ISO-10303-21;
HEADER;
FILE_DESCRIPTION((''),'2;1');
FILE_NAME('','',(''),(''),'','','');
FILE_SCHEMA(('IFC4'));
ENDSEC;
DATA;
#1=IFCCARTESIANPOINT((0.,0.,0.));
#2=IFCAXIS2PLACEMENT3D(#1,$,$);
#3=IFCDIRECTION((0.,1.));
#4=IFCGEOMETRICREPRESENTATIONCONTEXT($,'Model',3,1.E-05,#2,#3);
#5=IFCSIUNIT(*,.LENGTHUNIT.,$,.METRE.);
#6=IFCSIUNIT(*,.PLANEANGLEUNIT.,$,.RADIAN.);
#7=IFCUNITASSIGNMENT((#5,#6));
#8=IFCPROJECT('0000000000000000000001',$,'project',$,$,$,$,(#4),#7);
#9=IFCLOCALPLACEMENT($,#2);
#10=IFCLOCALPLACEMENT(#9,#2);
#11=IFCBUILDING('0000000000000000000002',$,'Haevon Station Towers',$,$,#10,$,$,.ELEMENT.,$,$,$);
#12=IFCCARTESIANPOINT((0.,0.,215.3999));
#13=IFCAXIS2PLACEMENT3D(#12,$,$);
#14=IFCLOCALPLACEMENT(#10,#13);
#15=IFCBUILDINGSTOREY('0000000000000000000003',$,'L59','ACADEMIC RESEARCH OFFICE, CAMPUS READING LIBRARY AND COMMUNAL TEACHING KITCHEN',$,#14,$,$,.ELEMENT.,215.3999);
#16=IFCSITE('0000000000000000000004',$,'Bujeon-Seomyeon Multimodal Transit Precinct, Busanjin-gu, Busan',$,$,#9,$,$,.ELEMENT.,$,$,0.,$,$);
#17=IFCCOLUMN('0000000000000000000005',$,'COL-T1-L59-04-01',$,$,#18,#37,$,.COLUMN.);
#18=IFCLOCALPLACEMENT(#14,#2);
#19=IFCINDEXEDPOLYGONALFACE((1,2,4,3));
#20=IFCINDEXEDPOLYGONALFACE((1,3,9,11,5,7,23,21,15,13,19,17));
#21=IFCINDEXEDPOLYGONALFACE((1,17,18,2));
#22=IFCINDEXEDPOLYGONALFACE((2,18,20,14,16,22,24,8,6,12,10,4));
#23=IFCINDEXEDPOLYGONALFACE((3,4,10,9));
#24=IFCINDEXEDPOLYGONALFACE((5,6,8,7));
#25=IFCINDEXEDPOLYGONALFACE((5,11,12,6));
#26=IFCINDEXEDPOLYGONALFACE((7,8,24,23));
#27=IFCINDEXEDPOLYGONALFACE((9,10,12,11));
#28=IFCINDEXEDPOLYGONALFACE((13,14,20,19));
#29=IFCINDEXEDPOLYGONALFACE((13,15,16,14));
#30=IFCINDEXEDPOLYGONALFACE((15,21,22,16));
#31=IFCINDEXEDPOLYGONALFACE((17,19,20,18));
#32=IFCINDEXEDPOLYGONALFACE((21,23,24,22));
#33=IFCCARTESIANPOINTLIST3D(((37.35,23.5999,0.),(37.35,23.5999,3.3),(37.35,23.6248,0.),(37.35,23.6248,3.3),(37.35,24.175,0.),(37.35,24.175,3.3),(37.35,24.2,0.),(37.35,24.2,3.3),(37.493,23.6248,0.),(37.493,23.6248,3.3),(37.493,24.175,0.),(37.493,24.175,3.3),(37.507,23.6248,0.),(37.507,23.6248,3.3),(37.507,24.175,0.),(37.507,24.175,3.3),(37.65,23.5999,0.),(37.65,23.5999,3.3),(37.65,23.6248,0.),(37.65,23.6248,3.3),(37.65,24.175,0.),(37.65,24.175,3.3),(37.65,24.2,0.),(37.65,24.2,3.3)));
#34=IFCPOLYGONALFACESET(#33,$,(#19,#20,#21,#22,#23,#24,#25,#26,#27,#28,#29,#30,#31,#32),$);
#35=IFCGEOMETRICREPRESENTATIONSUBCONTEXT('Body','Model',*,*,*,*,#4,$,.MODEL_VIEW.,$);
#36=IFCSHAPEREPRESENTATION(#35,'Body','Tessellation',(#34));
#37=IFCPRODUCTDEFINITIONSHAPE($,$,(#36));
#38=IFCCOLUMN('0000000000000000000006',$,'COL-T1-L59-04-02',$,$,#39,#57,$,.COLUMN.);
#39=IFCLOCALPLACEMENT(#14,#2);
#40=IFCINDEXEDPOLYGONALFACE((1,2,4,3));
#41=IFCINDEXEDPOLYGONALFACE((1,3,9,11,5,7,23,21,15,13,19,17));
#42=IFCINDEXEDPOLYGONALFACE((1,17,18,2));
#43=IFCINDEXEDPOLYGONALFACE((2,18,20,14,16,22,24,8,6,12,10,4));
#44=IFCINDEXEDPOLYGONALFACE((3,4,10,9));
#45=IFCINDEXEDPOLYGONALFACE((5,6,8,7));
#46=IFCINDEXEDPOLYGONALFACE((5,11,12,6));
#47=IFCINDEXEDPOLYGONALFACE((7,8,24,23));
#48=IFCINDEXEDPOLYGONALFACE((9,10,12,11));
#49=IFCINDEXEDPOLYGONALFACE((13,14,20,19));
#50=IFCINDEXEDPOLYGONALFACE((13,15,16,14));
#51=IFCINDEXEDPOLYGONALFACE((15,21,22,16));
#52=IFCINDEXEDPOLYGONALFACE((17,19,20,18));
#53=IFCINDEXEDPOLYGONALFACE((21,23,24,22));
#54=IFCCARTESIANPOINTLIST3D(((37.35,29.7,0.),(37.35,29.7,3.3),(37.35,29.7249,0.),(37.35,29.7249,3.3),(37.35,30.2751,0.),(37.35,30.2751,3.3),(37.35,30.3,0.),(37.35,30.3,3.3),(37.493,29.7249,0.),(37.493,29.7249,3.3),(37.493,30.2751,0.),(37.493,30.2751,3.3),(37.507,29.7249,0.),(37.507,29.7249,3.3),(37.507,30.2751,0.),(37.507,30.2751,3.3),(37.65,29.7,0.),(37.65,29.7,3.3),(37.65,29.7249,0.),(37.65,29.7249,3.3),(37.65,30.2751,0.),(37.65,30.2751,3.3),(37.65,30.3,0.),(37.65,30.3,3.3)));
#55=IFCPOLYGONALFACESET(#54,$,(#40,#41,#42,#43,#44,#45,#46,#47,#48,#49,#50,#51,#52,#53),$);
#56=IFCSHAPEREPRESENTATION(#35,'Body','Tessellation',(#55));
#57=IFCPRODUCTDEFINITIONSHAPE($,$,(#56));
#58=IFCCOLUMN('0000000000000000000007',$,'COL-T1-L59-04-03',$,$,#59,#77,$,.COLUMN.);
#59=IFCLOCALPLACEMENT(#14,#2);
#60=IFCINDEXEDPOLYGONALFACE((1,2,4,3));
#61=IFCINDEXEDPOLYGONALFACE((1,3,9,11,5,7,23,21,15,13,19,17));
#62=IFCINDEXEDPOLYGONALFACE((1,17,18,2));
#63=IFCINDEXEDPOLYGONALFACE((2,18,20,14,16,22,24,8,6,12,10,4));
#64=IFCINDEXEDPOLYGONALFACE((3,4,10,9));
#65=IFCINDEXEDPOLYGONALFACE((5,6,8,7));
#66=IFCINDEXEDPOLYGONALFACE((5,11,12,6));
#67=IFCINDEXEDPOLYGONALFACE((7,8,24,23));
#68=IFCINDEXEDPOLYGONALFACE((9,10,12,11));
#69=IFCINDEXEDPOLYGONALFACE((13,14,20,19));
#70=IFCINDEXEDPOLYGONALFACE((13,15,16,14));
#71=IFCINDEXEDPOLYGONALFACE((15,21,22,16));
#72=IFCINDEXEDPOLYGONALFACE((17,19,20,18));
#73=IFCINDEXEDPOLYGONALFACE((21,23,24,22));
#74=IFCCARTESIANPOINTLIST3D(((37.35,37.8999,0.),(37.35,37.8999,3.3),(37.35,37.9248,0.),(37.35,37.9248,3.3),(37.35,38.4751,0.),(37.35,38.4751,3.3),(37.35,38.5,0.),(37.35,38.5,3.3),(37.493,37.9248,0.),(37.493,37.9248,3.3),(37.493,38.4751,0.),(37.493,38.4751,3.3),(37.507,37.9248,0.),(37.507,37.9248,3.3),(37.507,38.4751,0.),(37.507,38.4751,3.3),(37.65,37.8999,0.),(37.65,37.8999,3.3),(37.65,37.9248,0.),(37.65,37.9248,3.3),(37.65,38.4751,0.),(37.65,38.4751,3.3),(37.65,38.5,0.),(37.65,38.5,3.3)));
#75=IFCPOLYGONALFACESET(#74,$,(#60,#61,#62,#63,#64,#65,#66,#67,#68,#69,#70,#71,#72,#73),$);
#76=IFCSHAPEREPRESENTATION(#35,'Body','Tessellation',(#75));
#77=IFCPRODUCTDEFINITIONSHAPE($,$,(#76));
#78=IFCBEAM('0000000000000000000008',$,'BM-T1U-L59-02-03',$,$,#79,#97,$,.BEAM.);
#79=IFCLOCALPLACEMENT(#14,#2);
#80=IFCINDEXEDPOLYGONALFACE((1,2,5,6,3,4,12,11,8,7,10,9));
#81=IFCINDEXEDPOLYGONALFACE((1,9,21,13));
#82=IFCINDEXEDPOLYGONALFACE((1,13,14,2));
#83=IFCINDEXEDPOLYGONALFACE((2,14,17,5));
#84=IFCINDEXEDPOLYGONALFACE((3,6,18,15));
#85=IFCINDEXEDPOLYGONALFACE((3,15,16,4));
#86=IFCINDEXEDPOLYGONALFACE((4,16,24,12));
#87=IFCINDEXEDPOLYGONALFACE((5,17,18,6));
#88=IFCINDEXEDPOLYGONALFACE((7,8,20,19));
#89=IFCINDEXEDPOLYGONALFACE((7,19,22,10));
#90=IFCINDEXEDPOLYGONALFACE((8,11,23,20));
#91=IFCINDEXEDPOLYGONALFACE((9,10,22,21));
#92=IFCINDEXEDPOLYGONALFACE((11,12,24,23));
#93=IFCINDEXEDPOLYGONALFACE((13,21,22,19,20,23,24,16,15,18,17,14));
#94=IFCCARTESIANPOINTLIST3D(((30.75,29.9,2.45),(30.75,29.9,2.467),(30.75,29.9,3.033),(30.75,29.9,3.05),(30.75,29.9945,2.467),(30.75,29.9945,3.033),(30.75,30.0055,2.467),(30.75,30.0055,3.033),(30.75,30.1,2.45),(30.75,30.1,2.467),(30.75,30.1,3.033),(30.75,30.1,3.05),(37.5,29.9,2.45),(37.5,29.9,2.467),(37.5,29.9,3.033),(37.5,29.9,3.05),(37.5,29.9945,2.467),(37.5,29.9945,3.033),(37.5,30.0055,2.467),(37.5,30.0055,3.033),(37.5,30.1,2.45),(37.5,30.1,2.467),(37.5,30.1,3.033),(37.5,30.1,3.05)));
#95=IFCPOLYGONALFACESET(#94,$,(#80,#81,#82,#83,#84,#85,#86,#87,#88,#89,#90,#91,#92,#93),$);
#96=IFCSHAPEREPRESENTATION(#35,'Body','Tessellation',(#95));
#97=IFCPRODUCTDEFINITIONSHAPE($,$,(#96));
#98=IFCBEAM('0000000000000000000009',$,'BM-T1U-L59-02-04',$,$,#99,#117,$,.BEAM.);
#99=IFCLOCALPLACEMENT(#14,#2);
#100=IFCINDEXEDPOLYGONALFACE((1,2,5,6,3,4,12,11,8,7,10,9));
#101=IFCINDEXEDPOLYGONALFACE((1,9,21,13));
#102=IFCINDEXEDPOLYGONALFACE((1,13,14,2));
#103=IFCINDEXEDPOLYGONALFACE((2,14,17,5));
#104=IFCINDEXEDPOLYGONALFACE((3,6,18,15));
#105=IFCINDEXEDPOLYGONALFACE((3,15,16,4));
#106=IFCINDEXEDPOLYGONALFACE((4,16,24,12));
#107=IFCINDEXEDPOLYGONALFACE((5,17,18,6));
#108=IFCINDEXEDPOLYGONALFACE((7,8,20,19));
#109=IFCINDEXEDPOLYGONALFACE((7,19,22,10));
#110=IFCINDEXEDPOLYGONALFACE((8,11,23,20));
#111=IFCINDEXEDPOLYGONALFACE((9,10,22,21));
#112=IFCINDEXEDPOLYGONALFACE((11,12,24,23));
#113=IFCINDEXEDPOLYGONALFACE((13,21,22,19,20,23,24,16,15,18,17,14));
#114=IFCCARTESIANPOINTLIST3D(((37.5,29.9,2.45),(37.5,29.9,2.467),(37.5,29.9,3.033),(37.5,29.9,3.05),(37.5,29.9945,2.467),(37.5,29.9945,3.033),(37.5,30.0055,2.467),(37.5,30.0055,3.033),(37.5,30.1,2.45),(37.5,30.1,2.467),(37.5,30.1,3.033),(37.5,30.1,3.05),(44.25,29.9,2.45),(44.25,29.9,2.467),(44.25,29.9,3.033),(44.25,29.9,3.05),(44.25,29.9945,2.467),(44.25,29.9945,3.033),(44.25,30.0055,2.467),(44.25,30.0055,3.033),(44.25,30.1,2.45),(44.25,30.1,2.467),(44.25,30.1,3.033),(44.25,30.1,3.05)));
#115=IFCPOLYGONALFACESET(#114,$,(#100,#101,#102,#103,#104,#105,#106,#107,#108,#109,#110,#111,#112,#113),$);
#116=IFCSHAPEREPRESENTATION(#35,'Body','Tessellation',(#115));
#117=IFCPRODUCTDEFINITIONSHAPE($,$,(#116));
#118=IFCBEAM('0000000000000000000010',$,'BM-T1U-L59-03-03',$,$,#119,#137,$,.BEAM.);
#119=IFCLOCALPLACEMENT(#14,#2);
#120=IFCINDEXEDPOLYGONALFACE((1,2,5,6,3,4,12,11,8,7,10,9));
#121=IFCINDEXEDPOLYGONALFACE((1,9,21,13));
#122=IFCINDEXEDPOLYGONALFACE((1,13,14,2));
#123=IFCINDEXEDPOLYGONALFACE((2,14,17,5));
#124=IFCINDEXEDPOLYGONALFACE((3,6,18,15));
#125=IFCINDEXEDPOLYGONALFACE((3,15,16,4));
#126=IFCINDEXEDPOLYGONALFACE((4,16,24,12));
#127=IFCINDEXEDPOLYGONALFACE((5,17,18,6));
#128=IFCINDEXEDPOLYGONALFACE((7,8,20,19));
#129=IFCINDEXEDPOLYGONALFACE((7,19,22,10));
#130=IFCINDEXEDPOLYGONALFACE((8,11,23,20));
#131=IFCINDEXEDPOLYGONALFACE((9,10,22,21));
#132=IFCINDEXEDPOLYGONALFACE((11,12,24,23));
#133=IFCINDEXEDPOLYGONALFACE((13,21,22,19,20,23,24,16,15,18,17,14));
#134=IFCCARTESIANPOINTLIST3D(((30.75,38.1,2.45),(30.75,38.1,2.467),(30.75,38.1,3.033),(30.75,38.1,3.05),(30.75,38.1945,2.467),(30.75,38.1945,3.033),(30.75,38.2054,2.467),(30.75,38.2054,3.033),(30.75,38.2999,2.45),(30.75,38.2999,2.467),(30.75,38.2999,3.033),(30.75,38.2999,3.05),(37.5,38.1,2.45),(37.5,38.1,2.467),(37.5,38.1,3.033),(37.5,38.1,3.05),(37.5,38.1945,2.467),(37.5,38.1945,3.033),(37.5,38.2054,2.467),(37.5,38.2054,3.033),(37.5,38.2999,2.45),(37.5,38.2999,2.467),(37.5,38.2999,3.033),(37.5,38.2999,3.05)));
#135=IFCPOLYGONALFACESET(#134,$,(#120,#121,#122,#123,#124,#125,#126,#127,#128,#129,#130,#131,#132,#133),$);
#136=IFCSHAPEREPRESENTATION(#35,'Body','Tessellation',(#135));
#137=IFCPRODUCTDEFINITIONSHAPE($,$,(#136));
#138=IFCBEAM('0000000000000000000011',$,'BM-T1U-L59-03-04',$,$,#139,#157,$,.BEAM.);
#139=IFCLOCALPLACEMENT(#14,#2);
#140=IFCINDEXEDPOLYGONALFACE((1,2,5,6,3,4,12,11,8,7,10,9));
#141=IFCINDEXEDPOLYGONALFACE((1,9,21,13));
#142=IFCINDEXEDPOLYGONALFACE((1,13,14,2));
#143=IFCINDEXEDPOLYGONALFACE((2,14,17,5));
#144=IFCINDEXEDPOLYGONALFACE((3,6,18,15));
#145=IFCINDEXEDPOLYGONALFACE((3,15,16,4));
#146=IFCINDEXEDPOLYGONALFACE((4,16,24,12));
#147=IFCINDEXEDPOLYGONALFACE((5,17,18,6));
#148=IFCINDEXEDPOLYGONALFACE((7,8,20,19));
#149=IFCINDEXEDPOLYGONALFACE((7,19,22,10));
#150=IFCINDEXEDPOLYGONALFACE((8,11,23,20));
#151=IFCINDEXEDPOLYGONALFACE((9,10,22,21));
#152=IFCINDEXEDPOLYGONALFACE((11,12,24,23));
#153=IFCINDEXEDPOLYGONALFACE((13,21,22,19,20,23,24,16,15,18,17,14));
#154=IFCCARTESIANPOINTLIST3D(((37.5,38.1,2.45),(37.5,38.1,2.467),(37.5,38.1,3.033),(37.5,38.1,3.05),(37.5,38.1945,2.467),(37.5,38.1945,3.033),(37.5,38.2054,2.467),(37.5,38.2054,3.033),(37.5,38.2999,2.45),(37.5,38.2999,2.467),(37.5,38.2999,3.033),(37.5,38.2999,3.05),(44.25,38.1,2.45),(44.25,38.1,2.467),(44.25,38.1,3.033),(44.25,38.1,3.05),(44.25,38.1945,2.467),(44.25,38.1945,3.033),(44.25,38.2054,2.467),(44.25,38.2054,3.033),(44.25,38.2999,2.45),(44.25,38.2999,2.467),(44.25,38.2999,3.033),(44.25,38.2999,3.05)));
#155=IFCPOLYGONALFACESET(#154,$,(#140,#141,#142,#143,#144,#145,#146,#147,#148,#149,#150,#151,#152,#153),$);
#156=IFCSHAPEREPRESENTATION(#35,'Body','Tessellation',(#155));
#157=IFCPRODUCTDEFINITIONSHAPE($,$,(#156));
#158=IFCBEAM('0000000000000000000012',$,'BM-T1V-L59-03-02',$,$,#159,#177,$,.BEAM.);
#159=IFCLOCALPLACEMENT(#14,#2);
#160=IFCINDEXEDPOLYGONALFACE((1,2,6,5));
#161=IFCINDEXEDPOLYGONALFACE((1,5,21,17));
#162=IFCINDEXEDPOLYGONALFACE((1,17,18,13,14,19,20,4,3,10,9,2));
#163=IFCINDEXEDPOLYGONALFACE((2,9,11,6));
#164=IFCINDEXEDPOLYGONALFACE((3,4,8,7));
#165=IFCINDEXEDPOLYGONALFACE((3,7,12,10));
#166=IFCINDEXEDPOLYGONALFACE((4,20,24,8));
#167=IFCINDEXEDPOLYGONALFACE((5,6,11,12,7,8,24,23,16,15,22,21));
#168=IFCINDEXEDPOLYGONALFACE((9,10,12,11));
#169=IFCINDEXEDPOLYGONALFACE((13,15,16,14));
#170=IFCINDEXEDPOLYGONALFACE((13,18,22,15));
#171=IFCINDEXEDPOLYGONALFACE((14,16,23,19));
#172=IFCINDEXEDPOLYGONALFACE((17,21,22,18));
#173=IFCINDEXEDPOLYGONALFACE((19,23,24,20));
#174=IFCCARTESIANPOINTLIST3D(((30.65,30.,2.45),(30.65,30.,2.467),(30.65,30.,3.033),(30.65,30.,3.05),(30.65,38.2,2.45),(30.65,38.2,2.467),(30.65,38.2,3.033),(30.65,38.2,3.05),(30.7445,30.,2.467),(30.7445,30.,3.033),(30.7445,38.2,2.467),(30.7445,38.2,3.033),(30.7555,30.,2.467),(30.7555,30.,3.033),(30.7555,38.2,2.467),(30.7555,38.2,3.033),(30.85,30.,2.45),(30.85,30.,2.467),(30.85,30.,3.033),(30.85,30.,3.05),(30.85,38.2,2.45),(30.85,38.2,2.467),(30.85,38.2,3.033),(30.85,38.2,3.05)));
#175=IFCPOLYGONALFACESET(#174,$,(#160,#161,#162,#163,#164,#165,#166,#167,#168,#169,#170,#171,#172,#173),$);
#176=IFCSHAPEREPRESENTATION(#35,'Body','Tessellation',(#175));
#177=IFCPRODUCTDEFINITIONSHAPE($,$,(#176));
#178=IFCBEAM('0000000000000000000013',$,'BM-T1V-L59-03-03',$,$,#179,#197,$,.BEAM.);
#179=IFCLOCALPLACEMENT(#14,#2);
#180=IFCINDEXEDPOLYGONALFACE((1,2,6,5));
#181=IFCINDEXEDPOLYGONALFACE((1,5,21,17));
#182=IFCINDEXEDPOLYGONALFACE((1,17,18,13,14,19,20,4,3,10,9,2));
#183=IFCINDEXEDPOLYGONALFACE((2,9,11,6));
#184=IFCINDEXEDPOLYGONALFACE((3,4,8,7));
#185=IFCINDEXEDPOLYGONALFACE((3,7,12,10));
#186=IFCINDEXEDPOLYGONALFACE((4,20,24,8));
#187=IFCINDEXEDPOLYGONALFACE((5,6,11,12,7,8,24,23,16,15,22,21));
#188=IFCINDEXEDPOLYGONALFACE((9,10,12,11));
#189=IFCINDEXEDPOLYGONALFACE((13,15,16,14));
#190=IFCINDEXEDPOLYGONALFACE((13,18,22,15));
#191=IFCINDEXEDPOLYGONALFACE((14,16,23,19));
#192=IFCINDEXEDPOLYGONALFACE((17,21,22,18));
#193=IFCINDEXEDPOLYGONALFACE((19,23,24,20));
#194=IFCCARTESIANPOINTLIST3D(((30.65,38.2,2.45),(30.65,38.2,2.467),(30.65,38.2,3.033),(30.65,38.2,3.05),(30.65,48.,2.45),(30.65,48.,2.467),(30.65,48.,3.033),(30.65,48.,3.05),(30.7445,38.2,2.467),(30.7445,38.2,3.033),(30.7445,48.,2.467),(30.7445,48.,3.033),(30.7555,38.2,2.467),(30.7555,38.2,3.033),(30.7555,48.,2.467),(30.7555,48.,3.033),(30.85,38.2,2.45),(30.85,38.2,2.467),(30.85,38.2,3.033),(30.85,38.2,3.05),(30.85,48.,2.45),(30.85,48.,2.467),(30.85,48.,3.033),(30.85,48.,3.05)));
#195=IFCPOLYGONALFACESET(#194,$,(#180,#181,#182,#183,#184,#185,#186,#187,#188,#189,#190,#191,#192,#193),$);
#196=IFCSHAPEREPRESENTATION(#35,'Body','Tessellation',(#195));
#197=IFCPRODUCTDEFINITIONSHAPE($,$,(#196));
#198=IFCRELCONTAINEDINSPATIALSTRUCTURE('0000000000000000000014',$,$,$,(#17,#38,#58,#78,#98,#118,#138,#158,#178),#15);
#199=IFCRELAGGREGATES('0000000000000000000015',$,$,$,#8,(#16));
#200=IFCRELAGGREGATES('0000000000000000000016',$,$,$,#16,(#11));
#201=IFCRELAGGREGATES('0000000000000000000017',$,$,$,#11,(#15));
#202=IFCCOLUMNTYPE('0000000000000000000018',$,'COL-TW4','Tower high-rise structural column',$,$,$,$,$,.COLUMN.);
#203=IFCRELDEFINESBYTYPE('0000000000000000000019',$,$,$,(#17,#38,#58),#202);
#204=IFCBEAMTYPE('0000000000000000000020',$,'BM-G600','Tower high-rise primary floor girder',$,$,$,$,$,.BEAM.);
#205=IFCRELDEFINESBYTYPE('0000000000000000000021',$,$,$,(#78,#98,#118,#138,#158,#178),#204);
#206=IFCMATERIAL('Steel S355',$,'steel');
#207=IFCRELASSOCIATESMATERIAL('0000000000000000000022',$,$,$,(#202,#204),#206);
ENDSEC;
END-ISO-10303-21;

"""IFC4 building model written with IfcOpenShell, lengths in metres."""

from ifc_helpers import new_model, si_unit, direction, frame, origin, origin_2d, place, context, subcontext, project, spatial, i_section, extrude, material, material_profile, profile_set, type_object, element, save


model = new_model("IFC4")

# Units and contexts
model_context = context("Model", 3, precision=1e-05, world=origin(), true_north=direction((0.0, 1.0)))
body_context = subcontext(model_context, "Body", "Model", "MODEL_VIEW")
ifc_project = project(units=[si_unit("LENGTHUNIT", "METRE"), si_unit("PLANEANGLEUNIT", "RADIAN")], contexts=[model_context])

# Site, building, storey
site_placement = place(None, origin())
site = spatial("IfcSite", under=ifc_project, at=site_placement, Name="Bujeon-Seomyeon Multimodal Transit Precinct, Busanjin-gu, Busan", CompositionType="ELEMENT", RefElevation=0.0)
building_placement = place(site_placement, origin())
building = spatial("IfcBuilding", under=site, at=building_placement, Name="Haevon Station Towers", CompositionType="ELEMENT")
storey_placement = place(building_placement, frame((0.0, 0.0, 215.3999)))
storey = spatial("IfcBuildingStorey", under=building, at=storey_placement, Name="L59", Description="ACADEMIC RESEARCH OFFICE, CAMPUS READING LIBRARY AND COMMUNAL TEACHING KITCHEN", CompositionType="ELEMENT", Elevation=215.3999)

# Columns
ifc_material_1 = material(Name="Steel S355", Category="steel")
ifc_material_profile_1 = material_profile(ifc_material_1, i_section(OverallWidth=0.3, OverallDepth=0.6001, WebThickness=0.0139, FlangeThickness=0.0249, at=origin_2d()), Name="H-600x300x14x25")
ifc_profile_set_1 = profile_set([ifc_material_profile_1], Name="Steel S355")
column_type = type_object("IfcColumnType", Name="COL-TW4", Description="Tower high-rise structural column", PredefinedType="COLUMN", material=ifc_profile_set_1)
for number, where, z_axis, x_axis, name in (
    (1, (37.5, 23.8999, 0.0), (0.0, 0.0, 1.0), (1.0, 0.0, 0.0), "COL-T1-L59-04-01"),
    (2, (37.5, 30.0, 0.0), (0.0, 0.0, 1.0), (1.0, 0.0, 0.0), "COL-T1-L59-04-02"),
    (3, (37.5, 38.2, 0.0), (0.0, 0.0, 1.0), (1.0, 0.0, 0.0), "COL-T1-L59-04-03"),
):
    element("IfcColumn", number, at=place(storey_placement, frame(where, z_axis=z_axis, x_axis=x_axis)), inside=storey, type_object=column_type, Name=name, PredefinedType="COLUMN", context=body_context, shape_type="SweptSolid", body=[
        extrude(i_section(OverallWidth=0.3, OverallDepth=0.6001, WebThickness=0.0139, FlangeThickness=0.0249, at=origin_2d()), origin(), (0.0, 0.0, 1.0), 3.3),
    ])

# Beams
ifc_material_profile_2 = material_profile(ifc_material_1, i_section(OverallWidth=0.2, OverallDepth=0.6001, WebThickness=0.011, FlangeThickness=0.0171, at=origin_2d()), Name="H-600x200x11x17")
ifc_profile_set_2 = profile_set([ifc_material_profile_2], Name="Steel S355")
beam_type_1 = type_object("IfcBeamType", Name="BM-G600", Description="Tower high-rise primary floor girder", PredefinedType="BEAM", material=ifc_profile_set_2)
for number, where, z_axis, x_axis, name in (
    (4, (30.75, 30.0, 2.75), (1.0, 0.0, 0.0), (0.0, 1.0, 0.0), "BM-T1U-L59-02-03"),
    (5, (37.5, 30.0, 2.75), (1.0, 0.0, 0.0), (0.0, 1.0, 0.0), "BM-T1U-L59-02-04"),
    (6, (30.75, 38.2, 2.75), (1.0, 0.0, 0.0), (0.0, 1.0, 0.0), "BM-T1U-L59-03-03"),
    (7, (37.5, 38.2, 2.75), (1.0, 0.0, 0.0), (0.0, 1.0, 0.0), "BM-T1U-L59-03-04"),
):
    element("IfcBeam", number, at=place(storey_placement, frame(where, z_axis=z_axis, x_axis=x_axis)), inside=storey, type_object=beam_type_1, Name=name, PredefinedType="BEAM", context=body_context, shape_type="SweptSolid", body=[
        extrude(i_section(OverallWidth=0.2, OverallDepth=0.6001, WebThickness=0.011, FlangeThickness=0.0171, at=origin_2d()), origin(), (0.0, 0.0, 1.0), 6.75),
    ])
beam_1_placement = place(storey_placement, frame((30.75, 30.0, 2.75), z_axis=(0.0, 1.0, 0.0), x_axis=(-1.0, 0.0, 0.0)))
element("IfcBeam", 8, at=beam_1_placement, inside=storey, type_object=beam_type_1, Name="BM-T1V-L59-03-02", PredefinedType="BEAM", context=body_context, shape_type="SweptSolid", body=[
    extrude(i_section(OverallWidth=0.2, OverallDepth=0.6001, WebThickness=0.011, FlangeThickness=0.0171, at=origin_2d()), origin(), (0.0, 0.0, 1.0), 8.2),
])
beam_2_placement = place(storey_placement, frame((30.75, 38.2, 2.75), z_axis=(0.0, 1.0, 0.0), x_axis=(-1.0, 0.0, 0.0)))
element("IfcBeam", 9, at=beam_2_placement, inside=storey, type_object=beam_type_1, Name="BM-T1V-L59-03-03", PredefinedType="BEAM", context=body_context, shape_type="SweptSolid", body=[
    extrude(i_section(OverallWidth=0.2, OverallDepth=0.6001, WebThickness=0.011, FlangeThickness=0.0171, at=origin_2d()), origin(), (0.0, 0.0, 1.0), 9.8),
])

save(model, "model.ifc")
